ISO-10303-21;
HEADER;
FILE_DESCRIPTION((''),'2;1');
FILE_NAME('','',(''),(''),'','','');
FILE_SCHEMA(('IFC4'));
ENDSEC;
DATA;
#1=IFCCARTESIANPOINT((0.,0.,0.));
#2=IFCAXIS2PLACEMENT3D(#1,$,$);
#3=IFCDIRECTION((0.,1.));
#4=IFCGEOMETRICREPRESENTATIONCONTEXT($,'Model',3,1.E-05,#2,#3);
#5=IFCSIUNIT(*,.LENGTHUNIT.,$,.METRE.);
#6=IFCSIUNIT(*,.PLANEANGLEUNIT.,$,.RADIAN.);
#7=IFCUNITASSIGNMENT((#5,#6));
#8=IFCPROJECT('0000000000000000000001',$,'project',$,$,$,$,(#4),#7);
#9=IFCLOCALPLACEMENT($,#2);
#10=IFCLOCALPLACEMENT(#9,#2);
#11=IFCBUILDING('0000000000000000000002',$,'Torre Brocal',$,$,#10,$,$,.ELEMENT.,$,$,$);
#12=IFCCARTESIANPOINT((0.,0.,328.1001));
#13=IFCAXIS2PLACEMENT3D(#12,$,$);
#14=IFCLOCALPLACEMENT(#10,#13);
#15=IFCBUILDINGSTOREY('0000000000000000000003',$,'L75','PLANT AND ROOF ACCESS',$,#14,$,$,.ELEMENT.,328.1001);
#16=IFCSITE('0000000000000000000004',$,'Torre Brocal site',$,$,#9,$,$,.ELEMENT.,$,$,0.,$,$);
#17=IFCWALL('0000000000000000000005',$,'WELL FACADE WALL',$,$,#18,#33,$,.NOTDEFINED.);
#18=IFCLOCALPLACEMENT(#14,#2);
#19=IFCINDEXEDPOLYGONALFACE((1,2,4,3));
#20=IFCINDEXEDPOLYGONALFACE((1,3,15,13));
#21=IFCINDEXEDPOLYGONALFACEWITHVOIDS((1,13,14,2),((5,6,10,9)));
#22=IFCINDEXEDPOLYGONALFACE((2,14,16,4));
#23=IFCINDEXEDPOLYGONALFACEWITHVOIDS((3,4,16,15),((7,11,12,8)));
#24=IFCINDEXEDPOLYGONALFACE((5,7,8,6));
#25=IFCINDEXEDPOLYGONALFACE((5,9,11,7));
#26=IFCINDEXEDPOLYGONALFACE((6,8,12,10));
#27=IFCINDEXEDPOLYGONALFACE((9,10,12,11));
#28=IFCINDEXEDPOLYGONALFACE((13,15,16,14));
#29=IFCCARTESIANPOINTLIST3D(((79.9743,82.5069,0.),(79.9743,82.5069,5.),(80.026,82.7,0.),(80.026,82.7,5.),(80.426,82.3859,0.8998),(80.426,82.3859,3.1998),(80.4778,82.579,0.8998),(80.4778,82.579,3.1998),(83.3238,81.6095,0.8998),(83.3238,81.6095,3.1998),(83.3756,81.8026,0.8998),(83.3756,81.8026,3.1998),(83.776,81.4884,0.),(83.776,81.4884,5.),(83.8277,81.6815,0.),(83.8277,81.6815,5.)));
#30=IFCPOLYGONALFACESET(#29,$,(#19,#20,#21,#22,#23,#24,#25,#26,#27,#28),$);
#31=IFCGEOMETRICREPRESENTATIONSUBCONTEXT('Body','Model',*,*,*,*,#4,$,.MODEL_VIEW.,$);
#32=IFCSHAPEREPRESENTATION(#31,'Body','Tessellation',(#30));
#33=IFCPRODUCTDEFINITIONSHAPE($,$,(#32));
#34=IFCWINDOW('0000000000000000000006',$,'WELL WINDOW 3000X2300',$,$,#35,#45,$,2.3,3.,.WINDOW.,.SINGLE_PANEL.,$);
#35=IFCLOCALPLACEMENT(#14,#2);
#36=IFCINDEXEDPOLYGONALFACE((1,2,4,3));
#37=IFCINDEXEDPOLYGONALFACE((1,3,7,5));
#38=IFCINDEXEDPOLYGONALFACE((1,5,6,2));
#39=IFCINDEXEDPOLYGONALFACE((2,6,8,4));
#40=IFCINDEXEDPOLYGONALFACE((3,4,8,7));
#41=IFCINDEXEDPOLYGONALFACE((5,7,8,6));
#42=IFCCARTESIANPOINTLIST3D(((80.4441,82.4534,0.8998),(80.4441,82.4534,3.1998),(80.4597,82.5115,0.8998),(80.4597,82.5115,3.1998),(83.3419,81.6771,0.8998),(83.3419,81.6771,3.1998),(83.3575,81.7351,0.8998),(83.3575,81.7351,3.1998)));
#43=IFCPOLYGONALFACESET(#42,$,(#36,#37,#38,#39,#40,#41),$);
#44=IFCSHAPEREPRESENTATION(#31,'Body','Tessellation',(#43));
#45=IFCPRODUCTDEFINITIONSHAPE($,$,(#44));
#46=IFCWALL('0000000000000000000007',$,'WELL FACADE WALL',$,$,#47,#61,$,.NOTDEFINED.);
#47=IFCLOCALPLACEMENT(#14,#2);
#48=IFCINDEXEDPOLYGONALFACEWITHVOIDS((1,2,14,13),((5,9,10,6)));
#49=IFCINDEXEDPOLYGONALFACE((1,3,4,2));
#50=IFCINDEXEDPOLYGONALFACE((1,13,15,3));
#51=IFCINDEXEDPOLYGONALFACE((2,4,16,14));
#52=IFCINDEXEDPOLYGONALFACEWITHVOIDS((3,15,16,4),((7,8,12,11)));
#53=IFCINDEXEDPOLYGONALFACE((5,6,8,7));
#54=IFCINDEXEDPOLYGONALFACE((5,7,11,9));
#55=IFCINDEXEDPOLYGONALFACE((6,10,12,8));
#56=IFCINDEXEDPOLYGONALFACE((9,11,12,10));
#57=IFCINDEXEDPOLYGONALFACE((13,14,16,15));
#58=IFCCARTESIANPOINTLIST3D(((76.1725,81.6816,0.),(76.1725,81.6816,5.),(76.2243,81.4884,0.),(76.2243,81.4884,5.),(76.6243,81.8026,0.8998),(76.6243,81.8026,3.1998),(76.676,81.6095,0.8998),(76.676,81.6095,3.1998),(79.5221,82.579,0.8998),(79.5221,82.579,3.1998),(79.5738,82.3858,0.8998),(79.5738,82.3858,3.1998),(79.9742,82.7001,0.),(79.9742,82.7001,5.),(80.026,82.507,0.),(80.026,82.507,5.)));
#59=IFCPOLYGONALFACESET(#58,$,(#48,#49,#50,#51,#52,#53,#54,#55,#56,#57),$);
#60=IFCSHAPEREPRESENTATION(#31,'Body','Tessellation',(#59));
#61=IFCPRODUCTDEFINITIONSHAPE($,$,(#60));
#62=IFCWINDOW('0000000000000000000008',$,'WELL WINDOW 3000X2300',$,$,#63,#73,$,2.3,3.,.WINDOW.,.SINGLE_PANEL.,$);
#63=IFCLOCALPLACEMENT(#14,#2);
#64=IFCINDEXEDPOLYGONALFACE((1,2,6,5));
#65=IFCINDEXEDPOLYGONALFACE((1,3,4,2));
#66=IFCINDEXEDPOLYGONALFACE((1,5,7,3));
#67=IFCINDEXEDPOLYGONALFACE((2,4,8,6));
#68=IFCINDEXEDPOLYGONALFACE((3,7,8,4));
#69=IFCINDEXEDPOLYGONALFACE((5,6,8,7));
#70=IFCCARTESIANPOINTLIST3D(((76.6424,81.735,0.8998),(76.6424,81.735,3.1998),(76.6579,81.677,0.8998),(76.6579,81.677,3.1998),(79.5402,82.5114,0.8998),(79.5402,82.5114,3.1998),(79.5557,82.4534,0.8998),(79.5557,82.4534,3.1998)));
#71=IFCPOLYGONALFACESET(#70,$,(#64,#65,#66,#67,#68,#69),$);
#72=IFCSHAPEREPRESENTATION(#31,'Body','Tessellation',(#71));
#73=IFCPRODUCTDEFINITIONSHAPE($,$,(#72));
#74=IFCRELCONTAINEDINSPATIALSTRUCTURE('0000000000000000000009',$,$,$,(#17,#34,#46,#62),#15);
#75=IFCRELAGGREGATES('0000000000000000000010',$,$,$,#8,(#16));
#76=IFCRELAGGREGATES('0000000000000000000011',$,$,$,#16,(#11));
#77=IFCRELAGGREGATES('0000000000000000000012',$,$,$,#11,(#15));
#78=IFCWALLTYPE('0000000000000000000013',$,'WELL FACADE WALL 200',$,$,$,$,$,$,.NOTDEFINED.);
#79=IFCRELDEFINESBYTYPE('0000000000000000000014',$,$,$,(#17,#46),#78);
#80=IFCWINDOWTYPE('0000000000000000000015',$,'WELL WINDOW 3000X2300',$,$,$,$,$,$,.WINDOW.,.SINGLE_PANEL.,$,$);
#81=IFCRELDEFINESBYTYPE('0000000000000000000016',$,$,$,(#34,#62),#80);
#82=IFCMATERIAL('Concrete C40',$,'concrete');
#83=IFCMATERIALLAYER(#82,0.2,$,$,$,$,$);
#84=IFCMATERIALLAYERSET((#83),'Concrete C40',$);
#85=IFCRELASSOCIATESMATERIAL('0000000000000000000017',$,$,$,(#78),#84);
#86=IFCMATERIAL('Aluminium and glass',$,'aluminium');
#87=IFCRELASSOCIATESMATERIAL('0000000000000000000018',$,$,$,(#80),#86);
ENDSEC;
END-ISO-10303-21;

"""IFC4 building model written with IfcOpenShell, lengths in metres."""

from ifc_helpers import new_model, si_unit, direction, frame, frame_2d, origin, place, context, subcontext, project, spatial, rectangle, extrude, material, layer, layer_set, type_object, element, fill, save


model = new_model("IFC4")

# Units and contexts
model_context = context("Model", 3, precision=1e-05, world=origin(), true_north=direction((0.0, 1.0)))
body_context = subcontext(model_context, "Body", "Model", "MODEL_VIEW")
ifc_project = project(units=[si_unit("LENGTHUNIT", "METRE"), si_unit("PLANEANGLEUNIT", "RADIAN")], contexts=[model_context])

# Site, building, storey
site_placement = place(None, origin())
site = spatial("IfcSite", under=ifc_project, at=site_placement, Name="Torre Brocal site", CompositionType="ELEMENT", RefElevation=0.0)
building_placement = place(site_placement, origin())
building = spatial("IfcBuilding", under=site, at=building_placement, Name="Torre Brocal", CompositionType="ELEMENT")
storey_placement = place(building_placement, frame((0.0, 0.0, 328.1001)))
storey = spatial("IfcBuildingStorey", under=building, at=storey_placement, Name="L75", Description="PLANT AND ROOF ACCESS", CompositionType="ELEMENT", Elevation=328.1001)

# Walls, openings, windows
ifc_material_1 = material(Name="Concrete C40", Category="concrete")
ifc_layer_1 = layer(ifc_material_1, 0.2)
ifc_layer_set_1 = layer_set([ifc_layer_1], Name="Concrete C40")
wall_type_1 = type_object("IfcWallType", Name="WELL FACADE WALL 200", PredefinedType="NOTDEFINED", material=ifc_layer_set_1)
ifc_material_2 = material(Name="Aluminium and glass", Category="aluminium")
window_type = type_object("IfcWindowType", Name="WELL WINDOW 3000X2300", PartitioningType="SINGLE_PANEL", PredefinedType="WINDOW", material=ifc_material_2)
wall_1_placement = place(storey_placement, frame((83.8018, 81.585, 0.0), z_axis=(0.0, 0.0, 1.0), x_axis=(-0.965934, 0.25879, 0.0)))
wall_1 = element("IfcWall", 1, at=wall_1_placement, inside=storey, type_object=wall_type_1, Name="WELL FACADE WALL", PredefinedType="NOTDEFINED", context=body_context, shape_type="SweptSolid", body=[
    extrude(rectangle(XDim=3.9358, YDim=0.2, at=frame_2d((1.9678, 0.0))), origin(), (0.0, 0.0, 1.0), 5.0),
])
opening_1_placement = place(wall_1_placement, frame((0.468, 0.0, 0.8999)))
opening_1 = element("IfcOpeningElement", 2, at=opening_1_placement, cuts=wall_1, PredefinedType="OPENING", context=body_context, shape_type="SweptSolid", body=[
    extrude(rectangle(XDim=3.0, YDim=2.3, at=frame_2d((1.5, 1.1499))), frame((0.0, 0.1099, 0.0), z_axis=(0.0, -1.0, 0.0), x_axis=(1.0, 0.0, 0.0)), (0.0, 0.0, 1.0), 0.22),
])
window_1_placement = place(opening_1_placement, origin())
window_1 = element("IfcWindow", 3, at=window_1_placement, inside=storey, type_object=window_type, Name="WELL WINDOW 3000X2300", OverallHeight=2.3, OverallWidth=3.0, PartitioningType="SINGLE_PANEL", PredefinedType="WINDOW", context=body_context, shape_type="SweptSolid", body=[
    extrude(rectangle(XDim=3.0, YDim=2.3, at=frame_2d((1.5, 1.1499))), frame((0.0, 0.03, 0.0), z_axis=(0.0, -1.0, 0.0), x_axis=(1.0, 0.0, 0.0)), (0.0, 0.0, 1.0), 0.0601),
])
fill(opening_1, window_1)
wall_2_placement = place(storey_placement, frame((80.0, 82.6035, 0.0), z_axis=(0.0, 0.0, 1.0), x_axis=(-0.965934, -0.25879, 0.0)))
wall_2 = element("IfcWall", 4, at=wall_2_placement, inside=storey, type_object=wall_type_1, Name="WELL FACADE WALL", PredefinedType="NOTDEFINED", context=body_context, shape_type="SweptSolid", body=[
    extrude(rectangle(XDim=3.9358, YDim=0.2, at=frame_2d((1.9678, 0.0))), origin(), (0.0, 0.0, 1.0), 5.0),
])
opening_2_placement = place(wall_2_placement, frame((0.468, 0.0, 0.8999)))
opening_2 = element("IfcOpeningElement", 5, at=opening_2_placement, cuts=wall_2, PredefinedType="OPENING", context=body_context, shape_type="SweptSolid", body=[
    extrude(rectangle(XDim=3.0, YDim=2.3, at=frame_2d((1.5, 1.1499))), frame((0.0, 0.1099, 0.0), z_axis=(0.0, -1.0, 0.0), x_axis=(1.0, 0.0, 0.0)), (0.0, 0.0, 1.0), 0.22),
])
window_2_placement = place(opening_2_placement, origin())
window_2 = element("IfcWindow", 6, at=window_2_placement, inside=storey, type_object=window_type, Name="WELL WINDOW 3000X2300", OverallHeight=2.3, OverallWidth=3.0, PartitioningType="SINGLE_PANEL", PredefinedType="WINDOW", context=body_context, shape_type="SweptSolid", body=[
    extrude(rectangle(XDim=3.0, YDim=2.3, at=frame_2d((1.5, 1.1499))), frame((0.0, 0.03, 0.0), z_axis=(0.0, -1.0, 0.0), x_axis=(1.0, 0.0, 0.0)), (0.0, 0.0, 1.0), 0.0601),
])
fill(opening_2, window_2)

save(model, "model.ifc")
